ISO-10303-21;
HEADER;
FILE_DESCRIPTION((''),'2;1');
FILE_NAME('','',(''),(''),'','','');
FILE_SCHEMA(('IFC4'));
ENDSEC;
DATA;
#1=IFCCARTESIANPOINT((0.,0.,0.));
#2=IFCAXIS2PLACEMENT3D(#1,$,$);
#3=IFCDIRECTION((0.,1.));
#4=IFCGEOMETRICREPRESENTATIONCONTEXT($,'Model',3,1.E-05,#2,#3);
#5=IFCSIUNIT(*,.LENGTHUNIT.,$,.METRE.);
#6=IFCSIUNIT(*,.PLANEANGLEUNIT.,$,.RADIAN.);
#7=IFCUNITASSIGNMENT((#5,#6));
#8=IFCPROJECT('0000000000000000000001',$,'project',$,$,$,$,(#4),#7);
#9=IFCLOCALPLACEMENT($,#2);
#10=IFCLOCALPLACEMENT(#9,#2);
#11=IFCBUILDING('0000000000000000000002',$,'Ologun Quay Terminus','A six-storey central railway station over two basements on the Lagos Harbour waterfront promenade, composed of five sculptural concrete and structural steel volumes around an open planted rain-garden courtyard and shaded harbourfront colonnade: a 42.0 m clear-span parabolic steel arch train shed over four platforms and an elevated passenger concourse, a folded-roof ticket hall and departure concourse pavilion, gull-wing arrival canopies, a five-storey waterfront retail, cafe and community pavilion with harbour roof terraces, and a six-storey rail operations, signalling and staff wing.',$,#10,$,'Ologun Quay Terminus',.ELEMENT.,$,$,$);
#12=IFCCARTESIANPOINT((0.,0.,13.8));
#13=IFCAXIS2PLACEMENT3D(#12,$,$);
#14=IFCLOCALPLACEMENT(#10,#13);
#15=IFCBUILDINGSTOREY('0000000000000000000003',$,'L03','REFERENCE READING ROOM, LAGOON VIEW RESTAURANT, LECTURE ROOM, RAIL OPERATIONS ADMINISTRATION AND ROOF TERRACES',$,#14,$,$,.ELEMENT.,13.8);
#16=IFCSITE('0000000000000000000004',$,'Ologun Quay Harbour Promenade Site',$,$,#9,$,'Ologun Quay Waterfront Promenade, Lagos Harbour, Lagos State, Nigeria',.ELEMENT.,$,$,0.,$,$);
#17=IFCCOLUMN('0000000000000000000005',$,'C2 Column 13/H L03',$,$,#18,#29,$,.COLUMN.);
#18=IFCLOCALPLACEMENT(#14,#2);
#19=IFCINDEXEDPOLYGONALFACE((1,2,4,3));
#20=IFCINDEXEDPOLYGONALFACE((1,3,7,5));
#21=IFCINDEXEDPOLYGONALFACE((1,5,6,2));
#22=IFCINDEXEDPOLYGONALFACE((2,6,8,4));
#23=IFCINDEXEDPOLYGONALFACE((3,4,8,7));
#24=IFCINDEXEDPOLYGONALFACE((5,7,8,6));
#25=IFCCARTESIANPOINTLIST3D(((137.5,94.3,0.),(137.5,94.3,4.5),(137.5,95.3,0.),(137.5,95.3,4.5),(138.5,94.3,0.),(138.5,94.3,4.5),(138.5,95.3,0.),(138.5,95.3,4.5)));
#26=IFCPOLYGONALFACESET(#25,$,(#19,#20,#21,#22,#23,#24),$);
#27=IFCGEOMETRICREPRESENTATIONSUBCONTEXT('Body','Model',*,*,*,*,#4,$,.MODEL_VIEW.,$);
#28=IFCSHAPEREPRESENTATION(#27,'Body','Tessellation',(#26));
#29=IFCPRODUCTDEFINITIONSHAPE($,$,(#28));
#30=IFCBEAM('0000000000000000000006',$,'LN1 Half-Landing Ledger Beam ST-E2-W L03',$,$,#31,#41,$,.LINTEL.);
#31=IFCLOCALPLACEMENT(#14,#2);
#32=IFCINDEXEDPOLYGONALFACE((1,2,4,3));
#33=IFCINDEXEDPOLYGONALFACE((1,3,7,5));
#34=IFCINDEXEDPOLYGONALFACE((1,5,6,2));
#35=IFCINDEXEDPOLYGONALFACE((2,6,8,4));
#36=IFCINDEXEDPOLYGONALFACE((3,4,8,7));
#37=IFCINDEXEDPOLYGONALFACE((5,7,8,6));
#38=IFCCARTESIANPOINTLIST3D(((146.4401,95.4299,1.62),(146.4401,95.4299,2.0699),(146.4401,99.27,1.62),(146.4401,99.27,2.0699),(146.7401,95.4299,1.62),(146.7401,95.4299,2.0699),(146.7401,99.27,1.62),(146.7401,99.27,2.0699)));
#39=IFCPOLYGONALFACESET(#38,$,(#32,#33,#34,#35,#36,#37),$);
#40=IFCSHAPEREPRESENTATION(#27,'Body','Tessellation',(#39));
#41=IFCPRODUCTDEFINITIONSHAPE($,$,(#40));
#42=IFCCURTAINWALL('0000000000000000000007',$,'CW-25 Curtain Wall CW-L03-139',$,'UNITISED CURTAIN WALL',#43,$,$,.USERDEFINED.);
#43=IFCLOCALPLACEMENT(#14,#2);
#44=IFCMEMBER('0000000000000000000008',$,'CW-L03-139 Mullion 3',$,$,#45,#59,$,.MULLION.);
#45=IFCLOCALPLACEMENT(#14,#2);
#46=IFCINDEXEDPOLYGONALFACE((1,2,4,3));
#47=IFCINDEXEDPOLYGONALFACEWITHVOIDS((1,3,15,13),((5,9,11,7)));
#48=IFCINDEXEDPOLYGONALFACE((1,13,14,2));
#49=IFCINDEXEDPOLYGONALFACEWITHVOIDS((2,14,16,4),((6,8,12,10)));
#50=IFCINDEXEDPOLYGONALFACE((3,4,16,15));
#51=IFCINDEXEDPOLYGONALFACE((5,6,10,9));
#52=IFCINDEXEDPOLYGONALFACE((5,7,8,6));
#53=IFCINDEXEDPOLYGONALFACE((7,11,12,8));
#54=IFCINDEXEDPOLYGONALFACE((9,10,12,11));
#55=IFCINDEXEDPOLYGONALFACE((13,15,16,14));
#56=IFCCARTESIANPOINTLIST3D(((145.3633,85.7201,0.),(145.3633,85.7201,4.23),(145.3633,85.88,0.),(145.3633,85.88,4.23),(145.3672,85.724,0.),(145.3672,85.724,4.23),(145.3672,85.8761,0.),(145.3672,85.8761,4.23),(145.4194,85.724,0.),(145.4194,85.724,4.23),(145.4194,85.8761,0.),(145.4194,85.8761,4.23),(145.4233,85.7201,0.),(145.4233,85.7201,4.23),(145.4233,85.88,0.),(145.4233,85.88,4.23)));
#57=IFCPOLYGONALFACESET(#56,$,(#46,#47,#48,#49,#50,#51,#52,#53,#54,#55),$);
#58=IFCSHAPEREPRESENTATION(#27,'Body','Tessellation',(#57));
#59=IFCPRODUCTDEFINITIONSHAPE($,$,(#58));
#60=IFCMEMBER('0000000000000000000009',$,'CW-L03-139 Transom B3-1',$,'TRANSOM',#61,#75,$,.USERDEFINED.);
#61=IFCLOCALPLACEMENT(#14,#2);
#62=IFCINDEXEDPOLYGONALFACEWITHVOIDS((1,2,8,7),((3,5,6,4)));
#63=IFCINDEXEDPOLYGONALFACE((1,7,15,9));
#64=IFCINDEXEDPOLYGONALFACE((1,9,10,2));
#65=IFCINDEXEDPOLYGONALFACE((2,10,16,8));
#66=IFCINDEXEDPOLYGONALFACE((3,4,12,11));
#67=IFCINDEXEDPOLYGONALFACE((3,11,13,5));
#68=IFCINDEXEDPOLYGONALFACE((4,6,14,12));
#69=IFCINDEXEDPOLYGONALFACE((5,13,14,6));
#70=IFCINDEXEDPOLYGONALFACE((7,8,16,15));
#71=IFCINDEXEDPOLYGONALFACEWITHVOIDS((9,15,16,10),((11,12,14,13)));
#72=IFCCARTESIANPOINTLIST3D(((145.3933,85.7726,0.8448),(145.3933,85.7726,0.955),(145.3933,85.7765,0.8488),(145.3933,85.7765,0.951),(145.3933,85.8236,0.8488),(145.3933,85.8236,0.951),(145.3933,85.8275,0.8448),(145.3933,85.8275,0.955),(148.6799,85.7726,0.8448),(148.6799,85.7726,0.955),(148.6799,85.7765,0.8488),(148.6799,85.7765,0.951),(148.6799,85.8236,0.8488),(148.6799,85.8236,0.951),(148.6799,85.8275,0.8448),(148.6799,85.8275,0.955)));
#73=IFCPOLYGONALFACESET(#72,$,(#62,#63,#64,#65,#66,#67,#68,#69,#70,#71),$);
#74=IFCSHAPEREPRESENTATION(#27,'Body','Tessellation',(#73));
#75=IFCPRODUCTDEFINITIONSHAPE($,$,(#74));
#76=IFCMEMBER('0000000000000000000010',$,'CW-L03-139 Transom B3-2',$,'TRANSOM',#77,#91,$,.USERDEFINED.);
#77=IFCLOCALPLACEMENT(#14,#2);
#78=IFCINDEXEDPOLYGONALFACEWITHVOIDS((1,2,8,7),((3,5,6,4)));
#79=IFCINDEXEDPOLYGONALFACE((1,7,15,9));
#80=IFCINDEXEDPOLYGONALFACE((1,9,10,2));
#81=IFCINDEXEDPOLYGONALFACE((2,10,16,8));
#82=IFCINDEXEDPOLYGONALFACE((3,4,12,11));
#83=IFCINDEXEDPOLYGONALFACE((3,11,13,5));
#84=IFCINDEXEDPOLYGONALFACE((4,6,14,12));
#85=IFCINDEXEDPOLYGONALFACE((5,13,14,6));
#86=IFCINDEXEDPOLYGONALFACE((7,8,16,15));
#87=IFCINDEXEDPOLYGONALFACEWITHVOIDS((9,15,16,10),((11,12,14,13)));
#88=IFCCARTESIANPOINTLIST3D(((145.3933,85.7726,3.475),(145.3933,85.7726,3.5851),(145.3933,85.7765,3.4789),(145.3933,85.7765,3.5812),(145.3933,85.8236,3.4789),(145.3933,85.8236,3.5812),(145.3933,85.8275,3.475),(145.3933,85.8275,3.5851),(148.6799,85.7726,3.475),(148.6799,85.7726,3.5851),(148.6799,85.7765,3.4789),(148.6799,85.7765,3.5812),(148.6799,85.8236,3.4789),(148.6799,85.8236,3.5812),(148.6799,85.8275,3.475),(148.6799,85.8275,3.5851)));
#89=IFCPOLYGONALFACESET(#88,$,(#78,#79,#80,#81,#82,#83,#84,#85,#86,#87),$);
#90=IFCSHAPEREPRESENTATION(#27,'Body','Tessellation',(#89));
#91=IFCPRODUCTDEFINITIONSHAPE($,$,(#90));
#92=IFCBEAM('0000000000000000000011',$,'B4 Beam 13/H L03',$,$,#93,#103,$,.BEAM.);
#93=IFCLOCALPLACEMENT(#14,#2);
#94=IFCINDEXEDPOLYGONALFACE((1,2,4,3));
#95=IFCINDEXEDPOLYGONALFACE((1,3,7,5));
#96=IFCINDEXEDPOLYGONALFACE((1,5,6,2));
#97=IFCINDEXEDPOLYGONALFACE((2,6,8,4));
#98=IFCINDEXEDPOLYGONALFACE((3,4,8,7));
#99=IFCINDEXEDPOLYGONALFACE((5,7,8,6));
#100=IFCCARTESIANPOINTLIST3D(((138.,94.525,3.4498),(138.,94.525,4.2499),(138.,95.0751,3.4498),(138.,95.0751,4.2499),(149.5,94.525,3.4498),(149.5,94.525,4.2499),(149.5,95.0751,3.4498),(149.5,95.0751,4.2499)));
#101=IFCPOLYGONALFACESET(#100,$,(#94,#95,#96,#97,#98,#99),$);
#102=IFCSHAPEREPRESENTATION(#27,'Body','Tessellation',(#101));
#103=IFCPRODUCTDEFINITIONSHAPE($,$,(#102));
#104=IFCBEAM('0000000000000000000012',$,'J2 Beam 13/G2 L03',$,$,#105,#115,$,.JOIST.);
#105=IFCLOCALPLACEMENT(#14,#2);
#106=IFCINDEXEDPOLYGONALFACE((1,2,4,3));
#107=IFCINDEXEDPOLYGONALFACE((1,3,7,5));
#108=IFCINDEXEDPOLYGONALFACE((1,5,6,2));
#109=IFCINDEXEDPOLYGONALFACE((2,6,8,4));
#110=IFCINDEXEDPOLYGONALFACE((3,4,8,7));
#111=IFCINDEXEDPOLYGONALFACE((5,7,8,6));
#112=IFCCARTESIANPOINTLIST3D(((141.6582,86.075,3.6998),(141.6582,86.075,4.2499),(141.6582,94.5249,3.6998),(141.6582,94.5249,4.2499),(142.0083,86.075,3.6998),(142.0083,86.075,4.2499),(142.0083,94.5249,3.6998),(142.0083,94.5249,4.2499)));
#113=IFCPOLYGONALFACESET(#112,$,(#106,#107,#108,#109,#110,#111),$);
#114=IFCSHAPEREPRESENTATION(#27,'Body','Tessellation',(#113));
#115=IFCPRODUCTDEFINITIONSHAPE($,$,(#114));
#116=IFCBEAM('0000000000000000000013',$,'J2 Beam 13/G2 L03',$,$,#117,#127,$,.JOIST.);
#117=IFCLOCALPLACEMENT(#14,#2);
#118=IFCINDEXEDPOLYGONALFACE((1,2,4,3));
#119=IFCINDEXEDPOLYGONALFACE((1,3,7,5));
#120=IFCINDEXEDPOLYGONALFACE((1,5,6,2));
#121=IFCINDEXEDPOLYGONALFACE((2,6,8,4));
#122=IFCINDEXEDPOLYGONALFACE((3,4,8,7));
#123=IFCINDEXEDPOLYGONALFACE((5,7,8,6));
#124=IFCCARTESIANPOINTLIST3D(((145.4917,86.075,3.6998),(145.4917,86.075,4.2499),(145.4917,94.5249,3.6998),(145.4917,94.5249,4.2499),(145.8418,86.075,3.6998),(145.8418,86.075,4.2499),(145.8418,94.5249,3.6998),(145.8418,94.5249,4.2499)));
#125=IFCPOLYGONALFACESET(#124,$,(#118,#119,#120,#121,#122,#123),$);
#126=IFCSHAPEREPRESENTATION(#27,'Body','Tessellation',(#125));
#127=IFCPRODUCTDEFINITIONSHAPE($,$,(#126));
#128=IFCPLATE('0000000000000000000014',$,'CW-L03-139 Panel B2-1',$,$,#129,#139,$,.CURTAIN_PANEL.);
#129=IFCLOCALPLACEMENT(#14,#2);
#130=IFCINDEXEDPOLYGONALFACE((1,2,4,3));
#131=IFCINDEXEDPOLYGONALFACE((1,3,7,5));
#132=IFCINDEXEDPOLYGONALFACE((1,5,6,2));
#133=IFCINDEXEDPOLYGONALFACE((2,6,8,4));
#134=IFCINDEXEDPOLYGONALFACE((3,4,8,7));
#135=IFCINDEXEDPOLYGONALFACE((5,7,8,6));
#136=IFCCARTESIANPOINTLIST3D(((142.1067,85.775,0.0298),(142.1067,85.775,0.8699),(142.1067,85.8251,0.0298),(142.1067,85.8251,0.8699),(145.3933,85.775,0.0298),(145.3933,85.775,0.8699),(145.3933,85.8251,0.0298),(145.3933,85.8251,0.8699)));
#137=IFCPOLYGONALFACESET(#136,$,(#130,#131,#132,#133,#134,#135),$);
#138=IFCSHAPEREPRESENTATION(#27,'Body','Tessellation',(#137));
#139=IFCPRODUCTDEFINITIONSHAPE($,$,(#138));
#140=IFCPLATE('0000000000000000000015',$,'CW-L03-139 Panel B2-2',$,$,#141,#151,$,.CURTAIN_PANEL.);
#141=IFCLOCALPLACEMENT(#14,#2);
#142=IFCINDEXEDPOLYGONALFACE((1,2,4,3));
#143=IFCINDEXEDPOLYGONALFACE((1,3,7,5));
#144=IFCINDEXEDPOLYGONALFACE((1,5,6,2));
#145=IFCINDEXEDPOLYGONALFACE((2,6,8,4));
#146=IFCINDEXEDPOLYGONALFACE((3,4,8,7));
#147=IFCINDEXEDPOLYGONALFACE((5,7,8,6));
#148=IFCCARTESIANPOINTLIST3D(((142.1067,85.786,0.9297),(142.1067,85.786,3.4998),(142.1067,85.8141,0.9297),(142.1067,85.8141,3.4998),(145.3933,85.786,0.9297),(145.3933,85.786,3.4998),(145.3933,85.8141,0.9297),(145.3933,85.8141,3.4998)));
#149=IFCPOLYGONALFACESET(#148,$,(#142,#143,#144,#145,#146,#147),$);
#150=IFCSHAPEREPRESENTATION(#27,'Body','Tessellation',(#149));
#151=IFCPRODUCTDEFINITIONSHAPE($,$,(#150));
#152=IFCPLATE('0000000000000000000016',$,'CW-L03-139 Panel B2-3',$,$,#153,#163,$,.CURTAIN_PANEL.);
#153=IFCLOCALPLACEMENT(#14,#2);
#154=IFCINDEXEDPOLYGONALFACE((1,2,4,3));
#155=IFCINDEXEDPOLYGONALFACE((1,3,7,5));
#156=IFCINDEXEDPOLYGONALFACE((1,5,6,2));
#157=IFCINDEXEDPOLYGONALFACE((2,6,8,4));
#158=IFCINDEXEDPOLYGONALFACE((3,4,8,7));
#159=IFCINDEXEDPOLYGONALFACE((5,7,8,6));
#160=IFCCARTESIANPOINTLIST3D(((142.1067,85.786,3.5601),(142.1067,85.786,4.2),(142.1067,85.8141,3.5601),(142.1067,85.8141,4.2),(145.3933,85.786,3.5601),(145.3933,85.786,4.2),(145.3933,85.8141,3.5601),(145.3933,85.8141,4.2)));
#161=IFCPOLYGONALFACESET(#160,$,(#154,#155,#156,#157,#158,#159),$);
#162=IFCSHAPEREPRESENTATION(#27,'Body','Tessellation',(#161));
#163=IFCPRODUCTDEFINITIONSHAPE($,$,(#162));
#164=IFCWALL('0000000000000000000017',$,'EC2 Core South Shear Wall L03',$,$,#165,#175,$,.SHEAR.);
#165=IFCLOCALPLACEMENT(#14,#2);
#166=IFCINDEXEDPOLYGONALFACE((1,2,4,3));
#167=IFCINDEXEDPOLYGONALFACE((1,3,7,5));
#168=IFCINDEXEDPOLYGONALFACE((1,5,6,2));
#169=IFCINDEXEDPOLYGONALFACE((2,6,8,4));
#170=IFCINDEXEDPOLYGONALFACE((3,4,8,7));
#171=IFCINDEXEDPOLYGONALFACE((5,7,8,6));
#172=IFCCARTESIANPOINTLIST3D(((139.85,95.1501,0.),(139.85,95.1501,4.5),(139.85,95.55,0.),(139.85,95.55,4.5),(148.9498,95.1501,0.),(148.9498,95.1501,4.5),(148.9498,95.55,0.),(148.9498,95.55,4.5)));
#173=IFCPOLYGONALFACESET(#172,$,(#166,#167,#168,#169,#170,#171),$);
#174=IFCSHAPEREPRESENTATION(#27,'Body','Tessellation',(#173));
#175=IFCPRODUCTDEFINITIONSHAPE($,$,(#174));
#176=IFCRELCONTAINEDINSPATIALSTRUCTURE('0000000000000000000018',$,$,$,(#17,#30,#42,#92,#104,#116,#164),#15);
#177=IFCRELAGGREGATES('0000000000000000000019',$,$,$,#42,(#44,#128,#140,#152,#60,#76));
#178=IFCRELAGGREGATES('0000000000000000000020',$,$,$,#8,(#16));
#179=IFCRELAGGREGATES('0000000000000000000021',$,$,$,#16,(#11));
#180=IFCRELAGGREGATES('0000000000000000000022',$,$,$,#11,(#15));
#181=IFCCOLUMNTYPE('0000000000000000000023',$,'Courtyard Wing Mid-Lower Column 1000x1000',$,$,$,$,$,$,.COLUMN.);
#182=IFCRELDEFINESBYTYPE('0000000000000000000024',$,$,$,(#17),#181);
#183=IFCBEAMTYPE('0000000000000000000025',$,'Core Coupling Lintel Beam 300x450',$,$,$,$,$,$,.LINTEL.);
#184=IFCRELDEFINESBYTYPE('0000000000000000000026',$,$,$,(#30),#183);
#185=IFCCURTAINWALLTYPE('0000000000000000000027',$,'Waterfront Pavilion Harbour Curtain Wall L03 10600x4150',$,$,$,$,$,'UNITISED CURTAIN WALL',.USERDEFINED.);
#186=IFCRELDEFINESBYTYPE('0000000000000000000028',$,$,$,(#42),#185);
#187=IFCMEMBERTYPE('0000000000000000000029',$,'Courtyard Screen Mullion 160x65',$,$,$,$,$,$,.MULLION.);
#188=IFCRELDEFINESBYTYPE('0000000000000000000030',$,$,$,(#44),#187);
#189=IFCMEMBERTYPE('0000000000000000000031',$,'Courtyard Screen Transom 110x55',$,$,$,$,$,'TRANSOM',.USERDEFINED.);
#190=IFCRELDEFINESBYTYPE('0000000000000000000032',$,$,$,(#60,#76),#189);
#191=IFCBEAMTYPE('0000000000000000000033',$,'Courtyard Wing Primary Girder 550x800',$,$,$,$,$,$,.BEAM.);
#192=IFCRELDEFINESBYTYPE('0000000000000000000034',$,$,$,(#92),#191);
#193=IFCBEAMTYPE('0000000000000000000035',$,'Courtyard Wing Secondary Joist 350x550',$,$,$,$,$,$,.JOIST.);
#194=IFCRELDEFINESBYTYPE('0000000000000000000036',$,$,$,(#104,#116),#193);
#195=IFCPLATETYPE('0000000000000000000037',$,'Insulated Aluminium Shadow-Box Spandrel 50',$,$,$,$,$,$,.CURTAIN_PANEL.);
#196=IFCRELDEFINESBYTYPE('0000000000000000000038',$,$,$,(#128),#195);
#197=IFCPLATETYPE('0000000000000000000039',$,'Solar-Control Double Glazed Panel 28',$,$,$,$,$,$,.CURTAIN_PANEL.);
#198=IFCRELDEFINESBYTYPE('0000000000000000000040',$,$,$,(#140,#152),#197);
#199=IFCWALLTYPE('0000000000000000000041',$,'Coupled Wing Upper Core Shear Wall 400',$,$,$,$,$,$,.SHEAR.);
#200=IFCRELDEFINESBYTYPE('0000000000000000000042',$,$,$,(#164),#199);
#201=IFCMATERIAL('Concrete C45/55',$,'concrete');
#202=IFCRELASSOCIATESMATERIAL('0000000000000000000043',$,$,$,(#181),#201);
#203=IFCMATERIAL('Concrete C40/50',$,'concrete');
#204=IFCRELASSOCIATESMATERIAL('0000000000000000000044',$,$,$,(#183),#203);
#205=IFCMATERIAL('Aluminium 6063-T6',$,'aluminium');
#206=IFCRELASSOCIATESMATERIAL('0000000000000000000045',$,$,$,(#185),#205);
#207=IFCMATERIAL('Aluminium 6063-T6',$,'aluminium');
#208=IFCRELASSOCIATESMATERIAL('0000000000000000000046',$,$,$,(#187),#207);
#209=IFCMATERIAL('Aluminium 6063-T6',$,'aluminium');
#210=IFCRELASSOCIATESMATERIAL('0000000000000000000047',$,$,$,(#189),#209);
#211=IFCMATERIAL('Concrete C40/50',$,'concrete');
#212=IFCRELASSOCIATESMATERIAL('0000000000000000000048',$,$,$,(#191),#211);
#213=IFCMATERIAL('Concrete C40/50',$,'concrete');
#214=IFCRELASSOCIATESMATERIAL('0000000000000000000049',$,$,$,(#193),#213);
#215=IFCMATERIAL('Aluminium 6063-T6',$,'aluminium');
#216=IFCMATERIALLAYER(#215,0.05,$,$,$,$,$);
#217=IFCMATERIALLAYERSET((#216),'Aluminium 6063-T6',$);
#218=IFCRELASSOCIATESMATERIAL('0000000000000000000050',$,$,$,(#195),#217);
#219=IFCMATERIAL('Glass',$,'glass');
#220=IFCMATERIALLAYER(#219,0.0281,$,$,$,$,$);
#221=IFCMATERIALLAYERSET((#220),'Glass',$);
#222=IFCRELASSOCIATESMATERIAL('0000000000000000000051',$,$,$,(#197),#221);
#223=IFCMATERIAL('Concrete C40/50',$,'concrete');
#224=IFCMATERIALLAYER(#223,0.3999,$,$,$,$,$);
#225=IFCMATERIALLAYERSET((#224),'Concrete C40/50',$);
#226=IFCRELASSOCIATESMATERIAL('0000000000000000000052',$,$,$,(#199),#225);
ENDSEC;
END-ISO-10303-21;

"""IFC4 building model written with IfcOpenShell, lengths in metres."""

from ifc_helpers import new_model, si_unit, direction, frame, frame_2d, origin, origin_2d, place, context, subcontext, project, spatial, rectangle, hollow_rectangle, extrude, material, layer, layer_set, material_profile, profile_set, type_object, element, aggregate, save


model = new_model("IFC4")

# Units and contexts
model_context = context("Model", 3, precision=1e-05, world=origin(), true_north=direction((0.0, 1.0)))
body_context = subcontext(model_context, "Body", "Model", "MODEL_VIEW")
ifc_project = project(units=[si_unit("LENGTHUNIT", "METRE"), si_unit("PLANEANGLEUNIT", "RADIAN")], contexts=[model_context])

# Site, building, storey
site_placement = place(None, origin())
site = spatial("IfcSite", under=ifc_project, at=site_placement, Name="Ologun Quay Harbour Promenade Site", LongName="Ologun Quay Waterfront Promenade, Lagos Harbour, Lagos State, Nigeria", CompositionType="ELEMENT", RefElevation=0.0)
building_placement = place(site_placement, origin())
building = spatial("IfcBuilding", under=site, at=building_placement, Name="Ologun Quay Terminus", Description="A six-storey central railway station over two basements on the Lagos Harbour waterfront promenade, composed of five sculptural concrete and structural steel volumes around an open planted rain-garden courtyard and shaded harbourfront colonnade: a 42.0 m clear-span parabolic steel arch train shed over four platforms and an elevated passenger concourse, a folded-roof ticket hall and departure concourse pavilion, gull-wing arrival canopies, a five-storey waterfront retail, cafe and community pavilion with harbour roof terraces, and a six-storey rail operations, signalling and staff wing.", LongName="Ologun Quay Terminus", CompositionType="ELEMENT")
storey_placement = place(building_placement, frame((0.0, 0.0, 13.8)))
storey = spatial("IfcBuildingStorey", under=building, at=storey_placement, Name="L03", Description="REFERENCE READING ROOM, LAGOON VIEW RESTAURANT, LECTURE ROOM, RAIL OPERATIONS ADMINISTRATION AND ROOF TERRACES", CompositionType="ELEMENT", Elevation=13.8)

# Column
ifc_material_1 = material(Name="Concrete C45/55", Category="concrete")
ifc_material_profile_1 = material_profile(ifc_material_1, rectangle(XDim=1.0, YDim=1.0, at=origin_2d()), Name="RC 1000x1000")
ifc_profile_set_1 = profile_set([ifc_material_profile_1], Name="Concrete C45/55")
column_type = type_object("IfcColumnType", Name="Courtyard Wing Mid-Lower Column 1000x1000", PredefinedType="COLUMN", material=ifc_profile_set_1)
column_placement = place(storey_placement, frame((138.0, 94.8, 0.0), z_axis=(0.0, 0.0, 1.0), x_axis=(1.0, 0.0, 0.0)))
element("IfcColumn", 1, at=column_placement, inside=storey, type_object=column_type, Name="C2 Column 13/H L03", PredefinedType="COLUMN", context=body_context, shape_type="SweptSolid", body=[
    extrude(rectangle(XDim=1.0, YDim=1.0, at=origin_2d()), origin(), (0.0, 0.0, 1.0), 4.5),
])

# Beam
ifc_material_2 = material(Name="Concrete C40/50", Category="concrete")
ifc_material_profile_2 = material_profile(ifc_material_2, rectangle(XDim=0.3, YDim=0.45, at=origin_2d()), Name="RC 300x450")
ifc_profile_set_2 = profile_set([ifc_material_profile_2], Name="Concrete C40/50")
beam_type_1 = type_object("IfcBeamType", Name="Core Coupling Lintel Beam 300x450", PredefinedType="LINTEL", material=ifc_profile_set_2)
beam_1_placement = place(storey_placement, frame((146.5901, 95.4299, 1.845), z_axis=(0.0, 1.0, 0.0), x_axis=(-1.0, 0.0, 0.0)))
element("IfcBeam", 2, at=beam_1_placement, inside=storey, type_object=beam_type_1, Name="LN1 Half-Landing Ledger Beam ST-E2-W L03", PredefinedType="LINTEL", context=body_context, shape_type="SweptSolid", body=[
    extrude(rectangle(XDim=0.3, YDim=0.45, at=origin_2d()), origin(), (0.0, 0.0, 1.0), 3.8401),
])

# Curtain wall, members
ifc_material_3 = material(Name="Aluminium 6063-T6", Category="aluminium")
curtain_wall_type = type_object("IfcCurtainWallType", Name="Waterfront Pavilion Harbour Curtain Wall L03 10600x4150", ElementType="UNITISED CURTAIN WALL", PredefinedType="USERDEFINED", material=ifc_material_3)
curtain_wall_placement = place(storey_placement, origin())
curtain_wall = element("IfcCurtainWall", 3, at=curtain_wall_placement, inside=storey, type_object=curtain_wall_type, Name="CW-25 Curtain Wall CW-L03-139", ObjectType="UNITISED CURTAIN WALL", PredefinedType="USERDEFINED")
ifc_material_4 = material(Name="Aluminium 6063-T6", Category="aluminium")
ifc_material_profile_3 = material_profile(ifc_material_4, hollow_rectangle(XDim=0.0601, YDim=0.1599, WallThickness=0.0039, at=origin_2d()), Name="ALU 160x60x4")
ifc_profile_set_3 = profile_set([ifc_material_profile_3], Name="Aluminium 6063-T6")
member_type_1 = type_object("IfcMemberType", Name="Courtyard Screen Mullion 160x65", PredefinedType="MULLION", material=ifc_profile_set_3)
member_1_placement = place(storey_placement, frame((145.3933, 85.8, 0.0), z_axis=(0.0, 0.0, 1.0), x_axis=(1.0, 0.0, 0.0)))
member_1 = element("IfcMember", 4, at=member_1_placement, type_object=member_type_1, Name="CW-L03-139 Mullion 3", PredefinedType="MULLION", context=body_context, shape_type="SweptSolid", body=[
    extrude(hollow_rectangle(XDim=0.0601, YDim=0.1599, WallThickness=0.0039, at=origin_2d()), origin(), (0.0, 0.0, 1.0), 4.23),
])
ifc_material_5 = material(Name="Aluminium 6063-T6", Category="aluminium")
ifc_material_profile_4 = material_profile(ifc_material_5, hollow_rectangle(XDim=0.0549, YDim=0.1101, WallThickness=0.0039, at=origin_2d()), Name="ALU 110x55x4")
ifc_profile_set_4 = profile_set([ifc_material_profile_4], Name="Aluminium 6063-T6")
member_type_2 = type_object("IfcMemberType", Name="Courtyard Screen Transom 110x55", ElementType="TRANSOM", PredefinedType="USERDEFINED", material=ifc_profile_set_4)
member_2_placement = place(storey_placement, frame((145.3933, 85.8, 0.8999), z_axis=(1.0, 0.0, 0.0), x_axis=(0.0, 1.0, 0.0)))
member_2 = element("IfcMember", 5, at=member_2_placement, type_object=member_type_2, Name="CW-L03-139 Transom B3-1", ObjectType="TRANSOM", PredefinedType="USERDEFINED", context=body_context, shape_type="SweptSolid", body=[
    extrude(hollow_rectangle(XDim=0.0549, YDim=0.1101, WallThickness=0.0039, at=origin_2d()), origin(), (0.0, 0.0, 1.0), 3.2866),
])
member_3_placement = place(storey_placement, frame((145.3933, 85.8, 3.53), z_axis=(1.0, 0.0, 0.0), x_axis=(0.0, 1.0, 0.0)))
member_3 = element("IfcMember", 6, at=member_3_placement, type_object=member_type_2, Name="CW-L03-139 Transom B3-2", ObjectType="TRANSOM", PredefinedType="USERDEFINED", context=body_context, shape_type="SweptSolid", body=[
    extrude(hollow_rectangle(XDim=0.0549, YDim=0.1101, WallThickness=0.0039, at=origin_2d()), origin(), (0.0, 0.0, 1.0), 3.2866),
])

# Beams
ifc_material_6 = material(Name="Concrete C40/50", Category="concrete")
ifc_material_profile_5 = material_profile(ifc_material_6, rectangle(XDim=0.55, YDim=0.8, at=origin_2d()), Name="RC 550x800")
ifc_profile_set_5 = profile_set([ifc_material_profile_5], Name="Concrete C40/50")
beam_type_2 = type_object("IfcBeamType", Name="Courtyard Wing Primary Girder 550x800", PredefinedType="BEAM", material=ifc_profile_set_5)
beam_2_placement = place(storey_placement, frame((138.0, 94.8, 3.8499), z_axis=(1.0, 0.0, 0.0), x_axis=(0.0, 1.0, 0.0)))
element("IfcBeam", 7, at=beam_2_placement, inside=storey, type_object=beam_type_2, Name="B4 Beam 13/H L03", PredefinedType="BEAM", context=body_context, shape_type="SweptSolid", body=[
    extrude(rectangle(XDim=0.55, YDim=0.8, at=origin_2d()), origin(), (0.0, 0.0, 1.0), 11.5),
])
ifc_material_7 = material(Name="Concrete C40/50", Category="concrete")
ifc_material_profile_6 = material_profile(ifc_material_7, rectangle(XDim=0.3501, YDim=0.55, at=origin_2d()), Name="RC 350x550")
ifc_profile_set_6 = profile_set([ifc_material_profile_6], Name="Concrete C40/50")
beam_type_3 = type_object("IfcBeamType", Name="Courtyard Wing Secondary Joist 350x550", PredefinedType="JOIST", material=ifc_profile_set_6)
for number, where, z_axis, x_axis, name in (
    (8, (141.8333, 86.075, 3.9749), (0.0, 1.0, 0.0), (-1.0, 0.0, 0.0), "J2 Beam 13/G2 L03"),
    (9, (145.6667, 86.075, 3.9749), (0.0, 1.0, 0.0), (-1.0, 0.0, 0.0), "J2 Beam 13/G2 L03"),
):
    element("IfcBeam", number, at=place(storey_placement, frame(where, z_axis=z_axis, x_axis=x_axis)), inside=storey, type_object=beam_type_3, Name=name, PredefinedType="JOIST", context=body_context, shape_type="SweptSolid", body=[
        extrude(rectangle(XDim=0.3501, YDim=0.55, at=origin_2d()), origin(), (0.0, 0.0, 1.0), 8.45),
    ])

# Plates
ifc_material_8 = material(Name="Aluminium 6063-T6", Category="aluminium")
ifc_layer_1 = layer(ifc_material_8, 0.05)
ifc_layer_set_1 = layer_set([ifc_layer_1], Name="Aluminium 6063-T6")
plate_type_1 = type_object("IfcPlateType", Name="Insulated Aluminium Shadow-Box Spandrel 50", PredefinedType="CURTAIN_PANEL", material=ifc_layer_set_1)
plate_1_placement = place(storey_placement, frame((143.75, 85.8, 0.0298), z_axis=(0.0, 0.0, 1.0), x_axis=(1.0, 0.0, 0.0)))
plate_1 = element("IfcPlate", 10, at=plate_1_placement, type_object=plate_type_1, Name="CW-L03-139 Panel B2-1", PredefinedType="CURTAIN_PANEL", context=body_context, shape_type="SweptSolid", body=[
    extrude(rectangle(XDim=3.2866, YDim=0.05, at=origin_2d()), origin(), (0.0, 0.0, 1.0), 0.8401),
])
ifc_material_9 = material(Name="Glass", Category="glass")
ifc_layer_2 = layer(ifc_material_9, 0.0281)
ifc_layer_set_2 = layer_set([ifc_layer_2], Name="Glass")
plate_type_2 = type_object("IfcPlateType", Name="Solar-Control Double Glazed Panel 28", PredefinedType="CURTAIN_PANEL", material=ifc_layer_set_2)
plate_2_placement = place(storey_placement, frame((143.75, 85.8, 0.9297), z_axis=(0.0, 0.0, 1.0), x_axis=(1.0, 0.0, 0.0)))
plate_2 = element("IfcPlate", 11, at=plate_2_placement, type_object=plate_type_2, Name="CW-L03-139 Panel B2-2", PredefinedType="CURTAIN_PANEL", context=body_context, shape_type="SweptSolid", body=[
    extrude(rectangle(XDim=3.2866, YDim=0.0281, at=origin_2d()), origin(), (0.0, 0.0, 1.0), 2.5701),
])
plate_3_placement = place(storey_placement, frame((143.75, 85.8, 3.5601), z_axis=(0.0, 0.0, 1.0), x_axis=(1.0, 0.0, 0.0)))
plate_3 = element("IfcPlate", 12, at=plate_3_placement, type_object=plate_type_2, Name="CW-L03-139 Panel B2-3", PredefinedType="CURTAIN_PANEL", context=body_context, shape_type="SweptSolid", body=[
    extrude(rectangle(XDim=3.2866, YDim=0.0281, at=origin_2d()), origin(), (0.0, 0.0, 1.0), 0.6399),
])
aggregate(curtain_wall, [member_1, plate_1, plate_2, plate_3, member_2, member_3])

# Wall
ifc_material_10 = material(Name="Concrete C40/50", Category="concrete")
ifc_layer_3 = layer(ifc_material_10, 0.3999)
ifc_layer_set_3 = layer_set([ifc_layer_3], Name="Concrete C40/50")
wall_type_1 = type_object("IfcWallType", Name="Coupled Wing Upper Core Shear Wall 400", PredefinedType="SHEAR", material=ifc_layer_set_3)
wall_1_placement = place(storey_placement, frame((139.8501, 95.3501, 0.0), z_axis=(0.0, 0.0, 1.0), x_axis=(1.0, 0.0, 0.0)))
element("IfcWall", 13, at=wall_1_placement, inside=storey, type_object=wall_type_1, Name="EC2 Core South Shear Wall L03", PredefinedType="SHEAR", context=body_context, shape_type="SweptSolid", body=[
    extrude(rectangle(XDim=9.0999, YDim=0.3999, at=frame_2d((4.5498, 0.0))), origin(), (0.0, 0.0, 1.0), 4.5),
])

save(model, "model.ifc")
